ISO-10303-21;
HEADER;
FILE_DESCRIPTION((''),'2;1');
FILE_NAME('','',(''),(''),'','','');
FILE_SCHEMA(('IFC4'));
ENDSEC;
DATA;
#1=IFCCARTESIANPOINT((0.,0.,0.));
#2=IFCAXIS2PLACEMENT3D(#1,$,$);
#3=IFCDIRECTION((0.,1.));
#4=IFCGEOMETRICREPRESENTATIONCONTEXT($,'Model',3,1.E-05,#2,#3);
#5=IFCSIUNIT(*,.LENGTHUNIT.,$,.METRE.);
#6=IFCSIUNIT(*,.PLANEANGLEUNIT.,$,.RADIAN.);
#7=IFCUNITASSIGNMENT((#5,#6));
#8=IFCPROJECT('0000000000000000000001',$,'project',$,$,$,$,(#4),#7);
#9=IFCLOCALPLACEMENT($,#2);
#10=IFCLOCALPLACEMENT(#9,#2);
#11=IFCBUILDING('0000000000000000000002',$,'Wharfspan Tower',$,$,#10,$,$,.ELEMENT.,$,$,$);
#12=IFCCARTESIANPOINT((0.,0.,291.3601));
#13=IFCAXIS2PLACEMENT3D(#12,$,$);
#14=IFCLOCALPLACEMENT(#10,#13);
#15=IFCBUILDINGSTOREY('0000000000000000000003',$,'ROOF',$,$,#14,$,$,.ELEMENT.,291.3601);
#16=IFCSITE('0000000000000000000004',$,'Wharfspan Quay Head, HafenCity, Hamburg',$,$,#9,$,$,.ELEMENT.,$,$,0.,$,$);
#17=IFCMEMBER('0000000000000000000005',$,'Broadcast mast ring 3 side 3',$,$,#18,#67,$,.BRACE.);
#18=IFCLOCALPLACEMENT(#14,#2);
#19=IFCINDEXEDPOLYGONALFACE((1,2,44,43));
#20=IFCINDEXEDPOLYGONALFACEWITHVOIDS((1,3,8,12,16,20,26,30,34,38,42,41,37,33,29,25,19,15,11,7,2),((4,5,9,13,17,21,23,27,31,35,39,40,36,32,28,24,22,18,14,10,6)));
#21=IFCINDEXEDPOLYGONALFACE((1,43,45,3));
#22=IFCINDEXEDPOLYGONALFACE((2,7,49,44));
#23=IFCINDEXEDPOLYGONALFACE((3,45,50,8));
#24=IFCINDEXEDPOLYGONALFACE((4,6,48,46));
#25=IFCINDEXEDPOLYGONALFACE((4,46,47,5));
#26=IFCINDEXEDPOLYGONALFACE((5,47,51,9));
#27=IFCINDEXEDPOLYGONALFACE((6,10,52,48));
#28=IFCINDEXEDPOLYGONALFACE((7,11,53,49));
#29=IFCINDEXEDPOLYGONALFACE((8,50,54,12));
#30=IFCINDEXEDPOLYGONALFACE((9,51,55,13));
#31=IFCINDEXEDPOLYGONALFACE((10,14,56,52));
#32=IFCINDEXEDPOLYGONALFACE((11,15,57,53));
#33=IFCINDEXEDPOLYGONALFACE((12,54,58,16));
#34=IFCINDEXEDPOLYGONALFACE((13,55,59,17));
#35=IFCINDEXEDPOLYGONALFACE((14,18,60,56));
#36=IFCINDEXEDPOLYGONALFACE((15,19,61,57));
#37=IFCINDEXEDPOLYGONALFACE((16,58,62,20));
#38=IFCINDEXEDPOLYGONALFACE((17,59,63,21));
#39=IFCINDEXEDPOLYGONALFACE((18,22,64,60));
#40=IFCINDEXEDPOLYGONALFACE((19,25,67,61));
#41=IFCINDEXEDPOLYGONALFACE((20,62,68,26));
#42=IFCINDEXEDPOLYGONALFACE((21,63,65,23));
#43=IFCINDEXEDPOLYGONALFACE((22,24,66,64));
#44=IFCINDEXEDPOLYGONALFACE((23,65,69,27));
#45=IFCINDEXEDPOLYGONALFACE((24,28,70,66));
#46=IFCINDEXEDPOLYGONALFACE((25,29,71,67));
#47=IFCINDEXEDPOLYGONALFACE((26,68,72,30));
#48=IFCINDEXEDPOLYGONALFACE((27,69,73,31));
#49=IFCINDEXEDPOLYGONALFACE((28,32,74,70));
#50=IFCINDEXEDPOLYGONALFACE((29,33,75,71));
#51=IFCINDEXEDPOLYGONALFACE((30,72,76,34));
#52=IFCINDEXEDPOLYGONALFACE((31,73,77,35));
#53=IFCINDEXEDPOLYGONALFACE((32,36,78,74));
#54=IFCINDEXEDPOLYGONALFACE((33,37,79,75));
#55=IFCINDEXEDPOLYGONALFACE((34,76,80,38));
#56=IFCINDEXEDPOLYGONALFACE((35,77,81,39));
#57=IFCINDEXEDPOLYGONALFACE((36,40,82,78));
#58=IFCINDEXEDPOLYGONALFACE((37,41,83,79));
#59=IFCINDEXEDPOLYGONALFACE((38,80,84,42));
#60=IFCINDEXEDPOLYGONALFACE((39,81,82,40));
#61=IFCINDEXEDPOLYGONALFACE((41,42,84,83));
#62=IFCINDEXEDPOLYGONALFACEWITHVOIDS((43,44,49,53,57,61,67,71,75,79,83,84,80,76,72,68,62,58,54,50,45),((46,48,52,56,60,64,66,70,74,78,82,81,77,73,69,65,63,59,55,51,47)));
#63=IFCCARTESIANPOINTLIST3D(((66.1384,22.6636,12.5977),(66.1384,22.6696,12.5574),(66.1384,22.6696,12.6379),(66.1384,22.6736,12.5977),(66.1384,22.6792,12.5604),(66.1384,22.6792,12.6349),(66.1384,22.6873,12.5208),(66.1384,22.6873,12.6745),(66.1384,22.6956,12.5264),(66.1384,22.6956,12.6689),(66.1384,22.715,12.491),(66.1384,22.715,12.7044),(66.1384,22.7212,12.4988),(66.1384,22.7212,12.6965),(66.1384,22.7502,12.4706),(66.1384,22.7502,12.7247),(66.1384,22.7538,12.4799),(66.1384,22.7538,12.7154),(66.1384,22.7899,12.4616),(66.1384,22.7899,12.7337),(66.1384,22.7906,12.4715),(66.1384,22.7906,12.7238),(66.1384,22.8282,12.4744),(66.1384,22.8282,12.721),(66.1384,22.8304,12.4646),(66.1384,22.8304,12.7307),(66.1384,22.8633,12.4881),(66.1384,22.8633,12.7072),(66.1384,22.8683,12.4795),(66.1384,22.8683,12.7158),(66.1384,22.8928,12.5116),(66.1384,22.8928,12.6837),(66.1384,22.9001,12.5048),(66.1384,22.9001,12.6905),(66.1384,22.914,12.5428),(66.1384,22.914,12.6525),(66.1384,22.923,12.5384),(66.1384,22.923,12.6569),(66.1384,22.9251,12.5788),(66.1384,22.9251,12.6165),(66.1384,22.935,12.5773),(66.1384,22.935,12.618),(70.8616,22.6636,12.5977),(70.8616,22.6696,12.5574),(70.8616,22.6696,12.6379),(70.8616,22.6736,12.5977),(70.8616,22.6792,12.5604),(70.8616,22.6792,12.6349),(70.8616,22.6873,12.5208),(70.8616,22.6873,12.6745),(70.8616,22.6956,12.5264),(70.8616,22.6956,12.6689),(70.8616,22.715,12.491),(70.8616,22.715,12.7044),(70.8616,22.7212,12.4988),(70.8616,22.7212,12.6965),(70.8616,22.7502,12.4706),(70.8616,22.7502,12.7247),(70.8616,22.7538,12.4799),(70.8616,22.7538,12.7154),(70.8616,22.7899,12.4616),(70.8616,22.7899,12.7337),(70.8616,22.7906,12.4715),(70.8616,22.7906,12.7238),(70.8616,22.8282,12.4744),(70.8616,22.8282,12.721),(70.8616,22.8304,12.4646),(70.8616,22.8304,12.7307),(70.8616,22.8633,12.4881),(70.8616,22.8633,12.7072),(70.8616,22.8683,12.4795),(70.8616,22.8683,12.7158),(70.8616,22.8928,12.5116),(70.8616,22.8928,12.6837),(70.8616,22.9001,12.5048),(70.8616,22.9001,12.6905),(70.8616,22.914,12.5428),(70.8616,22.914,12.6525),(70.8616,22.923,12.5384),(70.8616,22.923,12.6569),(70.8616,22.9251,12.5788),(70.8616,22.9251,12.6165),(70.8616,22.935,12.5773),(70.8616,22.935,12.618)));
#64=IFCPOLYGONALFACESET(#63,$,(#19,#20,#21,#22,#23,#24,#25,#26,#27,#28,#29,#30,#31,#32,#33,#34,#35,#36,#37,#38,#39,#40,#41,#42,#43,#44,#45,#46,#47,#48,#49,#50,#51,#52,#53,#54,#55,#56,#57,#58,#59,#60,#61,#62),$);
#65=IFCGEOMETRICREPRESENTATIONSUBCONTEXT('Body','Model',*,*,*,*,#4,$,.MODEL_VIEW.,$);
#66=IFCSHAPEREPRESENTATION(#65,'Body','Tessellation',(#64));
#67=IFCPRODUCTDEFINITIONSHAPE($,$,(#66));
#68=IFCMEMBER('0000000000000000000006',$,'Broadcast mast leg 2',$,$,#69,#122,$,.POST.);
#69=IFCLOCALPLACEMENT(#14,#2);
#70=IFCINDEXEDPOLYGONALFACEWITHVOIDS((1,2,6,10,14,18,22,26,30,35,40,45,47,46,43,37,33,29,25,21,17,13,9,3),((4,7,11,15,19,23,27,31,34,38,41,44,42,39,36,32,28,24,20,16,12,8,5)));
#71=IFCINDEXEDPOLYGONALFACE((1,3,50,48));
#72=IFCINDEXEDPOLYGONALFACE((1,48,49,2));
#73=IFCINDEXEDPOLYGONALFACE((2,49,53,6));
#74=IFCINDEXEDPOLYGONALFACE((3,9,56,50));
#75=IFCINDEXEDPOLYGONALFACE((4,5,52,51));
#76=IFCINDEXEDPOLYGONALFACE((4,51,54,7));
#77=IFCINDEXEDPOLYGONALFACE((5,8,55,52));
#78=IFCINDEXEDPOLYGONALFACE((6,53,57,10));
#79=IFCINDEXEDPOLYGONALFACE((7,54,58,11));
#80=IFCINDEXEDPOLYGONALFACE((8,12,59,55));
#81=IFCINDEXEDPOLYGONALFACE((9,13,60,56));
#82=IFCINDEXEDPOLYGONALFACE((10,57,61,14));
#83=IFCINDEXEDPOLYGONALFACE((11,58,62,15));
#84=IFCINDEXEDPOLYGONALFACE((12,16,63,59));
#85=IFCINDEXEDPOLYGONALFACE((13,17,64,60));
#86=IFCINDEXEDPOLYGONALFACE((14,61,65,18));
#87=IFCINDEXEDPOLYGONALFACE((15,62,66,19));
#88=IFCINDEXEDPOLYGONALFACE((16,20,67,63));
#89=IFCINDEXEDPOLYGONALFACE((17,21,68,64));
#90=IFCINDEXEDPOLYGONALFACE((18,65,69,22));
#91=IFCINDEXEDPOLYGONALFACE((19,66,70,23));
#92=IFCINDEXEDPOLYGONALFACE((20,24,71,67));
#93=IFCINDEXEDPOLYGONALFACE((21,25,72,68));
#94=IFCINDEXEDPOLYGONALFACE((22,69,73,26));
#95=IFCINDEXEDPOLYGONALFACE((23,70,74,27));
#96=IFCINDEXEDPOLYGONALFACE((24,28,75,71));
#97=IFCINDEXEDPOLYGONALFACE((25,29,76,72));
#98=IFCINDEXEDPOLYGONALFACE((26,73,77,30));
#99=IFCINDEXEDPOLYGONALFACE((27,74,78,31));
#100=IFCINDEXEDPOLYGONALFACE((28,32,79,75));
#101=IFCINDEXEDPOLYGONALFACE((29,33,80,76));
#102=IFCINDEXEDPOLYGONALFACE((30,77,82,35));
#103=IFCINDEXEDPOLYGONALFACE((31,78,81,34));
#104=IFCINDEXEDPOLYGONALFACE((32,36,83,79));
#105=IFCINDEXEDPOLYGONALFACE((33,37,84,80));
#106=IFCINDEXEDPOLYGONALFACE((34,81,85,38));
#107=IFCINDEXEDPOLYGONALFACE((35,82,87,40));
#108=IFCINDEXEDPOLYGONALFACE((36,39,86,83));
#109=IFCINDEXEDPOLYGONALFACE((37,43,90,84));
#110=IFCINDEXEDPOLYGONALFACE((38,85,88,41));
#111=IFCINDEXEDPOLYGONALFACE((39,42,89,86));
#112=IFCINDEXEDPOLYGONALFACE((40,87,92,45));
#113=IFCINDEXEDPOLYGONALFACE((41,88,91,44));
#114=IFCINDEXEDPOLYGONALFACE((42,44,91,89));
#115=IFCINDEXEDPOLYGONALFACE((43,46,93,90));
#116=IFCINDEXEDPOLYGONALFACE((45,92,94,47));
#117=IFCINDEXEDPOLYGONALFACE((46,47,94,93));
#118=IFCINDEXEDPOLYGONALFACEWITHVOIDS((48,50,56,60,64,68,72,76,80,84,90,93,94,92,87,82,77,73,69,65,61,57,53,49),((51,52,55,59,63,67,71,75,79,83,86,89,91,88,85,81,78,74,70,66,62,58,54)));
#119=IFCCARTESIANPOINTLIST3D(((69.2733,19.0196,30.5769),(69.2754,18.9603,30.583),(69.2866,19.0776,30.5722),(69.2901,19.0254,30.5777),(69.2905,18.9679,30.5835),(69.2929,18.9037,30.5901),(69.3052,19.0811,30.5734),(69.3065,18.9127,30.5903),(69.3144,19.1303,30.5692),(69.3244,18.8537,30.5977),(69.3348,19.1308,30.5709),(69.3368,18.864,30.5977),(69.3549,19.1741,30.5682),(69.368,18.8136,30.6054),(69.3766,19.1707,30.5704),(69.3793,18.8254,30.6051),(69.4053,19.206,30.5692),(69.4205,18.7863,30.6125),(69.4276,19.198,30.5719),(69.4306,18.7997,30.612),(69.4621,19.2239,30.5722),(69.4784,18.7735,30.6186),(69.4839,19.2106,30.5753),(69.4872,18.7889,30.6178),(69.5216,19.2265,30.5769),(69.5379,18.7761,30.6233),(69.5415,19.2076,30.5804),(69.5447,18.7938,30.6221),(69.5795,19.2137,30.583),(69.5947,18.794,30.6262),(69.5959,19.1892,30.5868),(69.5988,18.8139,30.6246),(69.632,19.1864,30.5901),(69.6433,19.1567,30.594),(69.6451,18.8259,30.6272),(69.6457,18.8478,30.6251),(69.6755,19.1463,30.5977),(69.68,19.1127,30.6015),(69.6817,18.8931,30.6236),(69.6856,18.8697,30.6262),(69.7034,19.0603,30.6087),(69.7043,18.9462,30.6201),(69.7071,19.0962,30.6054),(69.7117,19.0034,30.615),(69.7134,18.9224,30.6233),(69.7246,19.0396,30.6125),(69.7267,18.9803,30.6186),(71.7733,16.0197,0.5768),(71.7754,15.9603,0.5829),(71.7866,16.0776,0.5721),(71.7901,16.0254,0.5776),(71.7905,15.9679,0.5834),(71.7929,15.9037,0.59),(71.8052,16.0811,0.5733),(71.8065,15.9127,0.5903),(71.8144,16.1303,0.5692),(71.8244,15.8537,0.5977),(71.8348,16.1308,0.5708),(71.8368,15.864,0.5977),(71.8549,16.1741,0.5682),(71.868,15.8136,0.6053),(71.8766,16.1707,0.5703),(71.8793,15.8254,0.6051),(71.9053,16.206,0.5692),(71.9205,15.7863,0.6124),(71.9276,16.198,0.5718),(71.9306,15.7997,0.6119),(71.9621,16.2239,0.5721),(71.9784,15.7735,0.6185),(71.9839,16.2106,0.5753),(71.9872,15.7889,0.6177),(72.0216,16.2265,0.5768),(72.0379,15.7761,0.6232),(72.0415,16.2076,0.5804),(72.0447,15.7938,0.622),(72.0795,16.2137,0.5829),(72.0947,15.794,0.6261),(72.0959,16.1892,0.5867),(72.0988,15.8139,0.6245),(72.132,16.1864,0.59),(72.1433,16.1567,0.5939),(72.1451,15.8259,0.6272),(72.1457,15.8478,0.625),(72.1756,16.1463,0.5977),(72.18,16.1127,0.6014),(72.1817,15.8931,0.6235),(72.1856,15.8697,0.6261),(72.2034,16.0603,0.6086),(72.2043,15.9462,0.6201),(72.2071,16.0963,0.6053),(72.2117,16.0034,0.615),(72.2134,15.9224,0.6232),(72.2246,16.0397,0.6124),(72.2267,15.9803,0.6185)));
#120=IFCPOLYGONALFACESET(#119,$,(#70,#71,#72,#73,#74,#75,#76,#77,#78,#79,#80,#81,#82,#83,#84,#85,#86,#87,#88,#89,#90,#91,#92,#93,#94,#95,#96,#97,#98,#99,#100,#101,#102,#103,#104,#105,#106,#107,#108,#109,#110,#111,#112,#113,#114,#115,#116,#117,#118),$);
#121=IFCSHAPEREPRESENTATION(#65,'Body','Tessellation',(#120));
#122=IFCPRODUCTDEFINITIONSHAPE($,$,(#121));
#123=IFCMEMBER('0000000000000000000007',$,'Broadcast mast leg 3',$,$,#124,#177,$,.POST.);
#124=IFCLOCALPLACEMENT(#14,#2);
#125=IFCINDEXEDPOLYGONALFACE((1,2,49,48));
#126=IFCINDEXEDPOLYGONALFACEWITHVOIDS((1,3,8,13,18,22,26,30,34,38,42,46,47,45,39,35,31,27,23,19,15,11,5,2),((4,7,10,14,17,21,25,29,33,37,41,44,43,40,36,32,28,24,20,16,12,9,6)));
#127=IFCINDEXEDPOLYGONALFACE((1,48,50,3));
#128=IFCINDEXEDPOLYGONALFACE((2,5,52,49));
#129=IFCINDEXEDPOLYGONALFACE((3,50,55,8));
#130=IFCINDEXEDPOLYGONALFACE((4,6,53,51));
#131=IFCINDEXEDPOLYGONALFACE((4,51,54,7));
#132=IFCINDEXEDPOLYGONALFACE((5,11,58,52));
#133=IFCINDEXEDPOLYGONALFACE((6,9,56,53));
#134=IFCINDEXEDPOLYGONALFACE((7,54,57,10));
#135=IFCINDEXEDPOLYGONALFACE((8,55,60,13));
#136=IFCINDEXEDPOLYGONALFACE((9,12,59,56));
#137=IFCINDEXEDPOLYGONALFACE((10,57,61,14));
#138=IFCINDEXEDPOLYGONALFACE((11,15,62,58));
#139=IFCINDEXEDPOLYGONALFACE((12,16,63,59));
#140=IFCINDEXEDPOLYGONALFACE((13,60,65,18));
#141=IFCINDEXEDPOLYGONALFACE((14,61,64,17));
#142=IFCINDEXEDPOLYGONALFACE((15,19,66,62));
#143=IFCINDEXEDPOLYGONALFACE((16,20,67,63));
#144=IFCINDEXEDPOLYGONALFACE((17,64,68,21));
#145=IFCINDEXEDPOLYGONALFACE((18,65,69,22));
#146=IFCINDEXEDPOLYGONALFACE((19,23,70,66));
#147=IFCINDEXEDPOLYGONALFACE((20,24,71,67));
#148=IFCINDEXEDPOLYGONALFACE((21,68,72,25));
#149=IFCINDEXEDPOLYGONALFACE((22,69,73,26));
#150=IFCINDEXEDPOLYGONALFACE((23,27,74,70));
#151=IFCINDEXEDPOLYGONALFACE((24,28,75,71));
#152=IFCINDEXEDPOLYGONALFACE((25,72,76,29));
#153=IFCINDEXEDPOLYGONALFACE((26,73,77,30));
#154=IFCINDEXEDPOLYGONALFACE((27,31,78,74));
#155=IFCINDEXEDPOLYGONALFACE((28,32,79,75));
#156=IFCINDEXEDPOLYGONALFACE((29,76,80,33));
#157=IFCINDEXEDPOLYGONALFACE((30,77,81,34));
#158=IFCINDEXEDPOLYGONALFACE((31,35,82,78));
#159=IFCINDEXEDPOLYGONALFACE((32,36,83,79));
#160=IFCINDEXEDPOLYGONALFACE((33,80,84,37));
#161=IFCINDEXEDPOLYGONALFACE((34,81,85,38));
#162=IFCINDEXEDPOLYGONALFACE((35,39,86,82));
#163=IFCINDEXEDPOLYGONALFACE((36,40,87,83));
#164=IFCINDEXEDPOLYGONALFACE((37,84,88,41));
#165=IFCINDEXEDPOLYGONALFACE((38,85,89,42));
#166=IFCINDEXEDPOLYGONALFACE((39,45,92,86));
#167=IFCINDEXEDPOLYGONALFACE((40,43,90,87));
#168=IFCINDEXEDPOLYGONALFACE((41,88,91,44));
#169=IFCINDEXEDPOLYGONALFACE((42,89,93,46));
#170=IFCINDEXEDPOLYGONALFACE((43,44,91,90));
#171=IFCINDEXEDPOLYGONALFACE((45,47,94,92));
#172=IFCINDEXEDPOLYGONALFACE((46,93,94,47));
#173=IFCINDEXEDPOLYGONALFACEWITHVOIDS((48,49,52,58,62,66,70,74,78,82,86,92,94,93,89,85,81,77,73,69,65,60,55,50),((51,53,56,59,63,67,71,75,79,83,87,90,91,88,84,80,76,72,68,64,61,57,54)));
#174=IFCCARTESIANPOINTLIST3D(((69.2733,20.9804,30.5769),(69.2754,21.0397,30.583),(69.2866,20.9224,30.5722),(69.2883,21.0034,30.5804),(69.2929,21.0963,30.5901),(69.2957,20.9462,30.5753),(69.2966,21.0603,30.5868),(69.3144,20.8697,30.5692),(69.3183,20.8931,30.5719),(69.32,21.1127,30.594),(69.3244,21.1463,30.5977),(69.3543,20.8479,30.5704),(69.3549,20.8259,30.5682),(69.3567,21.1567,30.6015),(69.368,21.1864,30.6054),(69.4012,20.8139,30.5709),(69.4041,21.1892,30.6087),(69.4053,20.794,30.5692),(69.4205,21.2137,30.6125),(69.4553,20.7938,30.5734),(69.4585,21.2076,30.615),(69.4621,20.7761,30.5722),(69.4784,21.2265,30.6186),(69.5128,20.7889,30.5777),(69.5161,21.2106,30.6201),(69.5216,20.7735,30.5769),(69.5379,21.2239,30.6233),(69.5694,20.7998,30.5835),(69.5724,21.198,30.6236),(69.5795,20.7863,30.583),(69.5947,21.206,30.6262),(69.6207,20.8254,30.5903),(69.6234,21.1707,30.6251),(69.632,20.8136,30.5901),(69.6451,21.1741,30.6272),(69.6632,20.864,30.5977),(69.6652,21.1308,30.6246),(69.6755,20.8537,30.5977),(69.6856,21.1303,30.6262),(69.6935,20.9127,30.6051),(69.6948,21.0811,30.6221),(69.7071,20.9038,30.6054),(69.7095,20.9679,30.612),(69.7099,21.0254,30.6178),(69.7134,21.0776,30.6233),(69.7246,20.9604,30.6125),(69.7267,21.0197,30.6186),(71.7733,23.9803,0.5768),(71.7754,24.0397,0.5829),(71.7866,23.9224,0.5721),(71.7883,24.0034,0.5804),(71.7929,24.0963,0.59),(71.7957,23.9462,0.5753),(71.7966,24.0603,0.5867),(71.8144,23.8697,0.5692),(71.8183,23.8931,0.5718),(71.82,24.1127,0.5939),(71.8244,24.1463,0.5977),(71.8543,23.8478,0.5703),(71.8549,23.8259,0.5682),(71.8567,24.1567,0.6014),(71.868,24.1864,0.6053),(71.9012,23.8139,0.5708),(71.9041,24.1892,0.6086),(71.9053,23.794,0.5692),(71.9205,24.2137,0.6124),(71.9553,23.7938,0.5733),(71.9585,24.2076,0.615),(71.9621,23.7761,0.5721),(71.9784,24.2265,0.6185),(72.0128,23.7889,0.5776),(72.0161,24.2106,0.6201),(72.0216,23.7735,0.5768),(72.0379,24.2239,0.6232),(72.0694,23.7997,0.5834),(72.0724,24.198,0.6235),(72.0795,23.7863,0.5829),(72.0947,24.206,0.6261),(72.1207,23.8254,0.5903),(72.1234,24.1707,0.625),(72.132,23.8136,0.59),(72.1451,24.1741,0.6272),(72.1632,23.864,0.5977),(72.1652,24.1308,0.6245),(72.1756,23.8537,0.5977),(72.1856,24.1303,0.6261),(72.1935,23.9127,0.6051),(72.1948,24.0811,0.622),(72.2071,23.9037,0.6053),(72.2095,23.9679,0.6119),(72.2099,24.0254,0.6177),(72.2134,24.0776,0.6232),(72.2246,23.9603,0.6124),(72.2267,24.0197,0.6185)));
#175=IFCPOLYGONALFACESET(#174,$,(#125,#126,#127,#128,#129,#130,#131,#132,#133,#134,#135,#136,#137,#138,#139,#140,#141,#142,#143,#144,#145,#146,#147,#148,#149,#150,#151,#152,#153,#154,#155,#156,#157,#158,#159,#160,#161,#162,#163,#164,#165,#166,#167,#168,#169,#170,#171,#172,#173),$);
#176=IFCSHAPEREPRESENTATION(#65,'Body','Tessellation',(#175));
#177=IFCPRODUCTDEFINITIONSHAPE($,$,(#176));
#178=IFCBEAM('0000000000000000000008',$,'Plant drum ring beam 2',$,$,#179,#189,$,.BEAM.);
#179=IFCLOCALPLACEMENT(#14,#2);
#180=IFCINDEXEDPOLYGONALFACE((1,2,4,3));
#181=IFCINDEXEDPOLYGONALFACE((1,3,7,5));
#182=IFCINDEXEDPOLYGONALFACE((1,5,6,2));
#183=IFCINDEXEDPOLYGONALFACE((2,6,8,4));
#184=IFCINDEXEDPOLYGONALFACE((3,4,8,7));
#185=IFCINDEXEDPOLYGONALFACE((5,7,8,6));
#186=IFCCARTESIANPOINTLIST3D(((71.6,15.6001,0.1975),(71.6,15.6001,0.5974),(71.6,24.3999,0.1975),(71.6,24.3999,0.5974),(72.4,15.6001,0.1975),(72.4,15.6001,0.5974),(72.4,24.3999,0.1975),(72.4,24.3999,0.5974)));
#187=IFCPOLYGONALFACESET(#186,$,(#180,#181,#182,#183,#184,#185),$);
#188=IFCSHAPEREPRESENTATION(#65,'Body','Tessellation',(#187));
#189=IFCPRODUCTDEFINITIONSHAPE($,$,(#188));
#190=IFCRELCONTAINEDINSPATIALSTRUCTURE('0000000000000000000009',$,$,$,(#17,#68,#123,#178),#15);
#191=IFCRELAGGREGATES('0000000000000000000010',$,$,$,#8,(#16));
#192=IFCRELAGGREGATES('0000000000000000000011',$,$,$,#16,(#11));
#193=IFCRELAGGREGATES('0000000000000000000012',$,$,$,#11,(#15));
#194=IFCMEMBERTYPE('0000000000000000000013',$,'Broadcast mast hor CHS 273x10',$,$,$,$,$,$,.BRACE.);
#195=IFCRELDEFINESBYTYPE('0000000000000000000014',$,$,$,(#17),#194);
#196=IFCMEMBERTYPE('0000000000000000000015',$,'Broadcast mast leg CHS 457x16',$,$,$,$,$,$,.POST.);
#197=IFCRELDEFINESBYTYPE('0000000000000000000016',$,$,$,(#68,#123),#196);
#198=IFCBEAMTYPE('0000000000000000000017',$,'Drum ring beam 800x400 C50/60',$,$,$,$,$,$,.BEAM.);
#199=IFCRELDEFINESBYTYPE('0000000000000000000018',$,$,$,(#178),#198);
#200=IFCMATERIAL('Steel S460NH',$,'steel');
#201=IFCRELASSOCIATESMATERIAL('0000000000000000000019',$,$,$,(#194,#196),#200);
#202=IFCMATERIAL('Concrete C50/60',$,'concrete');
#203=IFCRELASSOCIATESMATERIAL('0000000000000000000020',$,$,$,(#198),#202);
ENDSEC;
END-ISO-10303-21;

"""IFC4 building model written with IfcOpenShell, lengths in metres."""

from ifc_helpers import new_model, si_unit, direction, frame, origin, origin_2d, place, context, subcontext, project, spatial, rectangle, hollow_circle, extrude, material, material_profile, profile_set, type_object, element, save


model = new_model("IFC4")

# Units and contexts
model_context = context("Model", 3, precision=1e-05, world=origin(), true_north=direction((0.0, 1.0)))
body_context = subcontext(model_context, "Body", "Model", "MODEL_VIEW")
ifc_project = project(units=[si_unit("LENGTHUNIT", "METRE"), si_unit("PLANEANGLEUNIT", "RADIAN")], contexts=[model_context])

# Site, building, storey
site_placement = place(None, origin())
site = spatial("IfcSite", under=ifc_project, at=site_placement, Name="Wharfspan Quay Head, HafenCity, Hamburg", CompositionType="ELEMENT", RefElevation=0.0)
building_placement = place(site_placement, origin())
building = spatial("IfcBuilding", under=site, at=building_placement, Name="Wharfspan Tower", CompositionType="ELEMENT")
storey_placement = place(building_placement, frame((0.0, 0.0, 291.3601)))
storey = spatial("IfcBuildingStorey", under=building, at=storey_placement, Name="ROOF", CompositionType="ELEMENT", Elevation=291.3601)

# Members
ifc_material_1 = material(Name="Steel S460NH", Category="steel")
ifc_material_profile_1 = material_profile(ifc_material_1, hollow_circle(Radius=0.1365, WallThickness=0.01, at=origin_2d()))
ifc_profile_set_1 = profile_set([ifc_material_profile_1], Name="Steel S460NH")
member_type_1 = type_object("IfcMemberType", Name="Broadcast mast hor CHS 273x10", PredefinedType="BRACE", material=ifc_profile_set_1)
member_1_placement = place(storey_placement, frame((70.8616, 22.8, 12.5977), z_axis=(-1.0, 0.0, 0.0), x_axis=(0.0, -1.0, 0.0)))
element("IfcMember", 1, at=member_1_placement, inside=storey, type_object=member_type_1, Name="Broadcast mast ring 3 side 3", PredefinedType="BRACE", context=body_context, shape_type="SweptSolid", body=[
    extrude(hollow_circle(Radius=0.1365, WallThickness=0.01, at=origin_2d()), origin(), (0.0, 0.0, 1.0), 4.7231),
])
ifc_material_profile_2 = material_profile(ifc_material_1, hollow_circle(Radius=0.2285, WallThickness=0.0161, at=origin_2d()))
ifc_profile_set_2 = profile_set([ifc_material_profile_2], Name="Steel S460NH")
member_type_2 = type_object("IfcMemberType", Name="Broadcast mast leg CHS 457x16", PredefinedType="POST", material=ifc_profile_set_2)
for number, where, z_axis, x_axis, name in (
    (2, (72.0, 16.0, 0.5977), (-0.082636, 0.099163, 0.991634), (-0.768218, -0.640183, 0.0), "Broadcast mast leg 2"),
    (3, (72.0, 24.0, 0.5977), (-0.082636, -0.099163, 0.991634), (0.768218, -0.640183, 0.0), "Broadcast mast leg 3"),
):
    element("IfcMember", number, at=place(storey_placement, frame(where, z_axis=z_axis, x_axis=x_axis)), inside=storey, type_object=member_type_2, Name=name, PredefinedType="POST", context=body_context, shape_type="SweptSolid", body=[
        extrude(hollow_circle(Radius=0.2285, WallThickness=0.0161, at=origin_2d()), origin(), (0.0, 0.0, 1.0), 30.2532),
    ])

# Beam
ifc_material_2 = material(Name="Concrete C50/60", Category="concrete")
ifc_material_profile_3 = material_profile(ifc_material_2, rectangle(XDim=0.8, YDim=0.3999, at=origin_2d()))
ifc_profile_set_3 = profile_set([ifc_material_profile_3], Name="Concrete C50/60")
beam_type_1 = type_object("IfcBeamType", Name="Drum ring beam 800x400 C50/60", PredefinedType="BEAM", material=ifc_profile_set_3)
beam_1_placement = place(storey_placement, frame((72.0, 15.6001, 0.3975), z_axis=(0.0, 1.0, 0.0), x_axis=(-1.0, 0.0, 0.0)))
element("IfcBeam", 4, at=beam_1_placement, inside=storey, type_object=beam_type_1, Name="Plant drum ring beam 2", PredefinedType="BEAM", context=body_context, shape_type="SweptSolid", body=[
    extrude(rectangle(XDim=0.8, YDim=0.3999, at=origin_2d()), origin(), (0.0, 0.0, 1.0), 8.7998),
])

save(model, "model.ifc")
